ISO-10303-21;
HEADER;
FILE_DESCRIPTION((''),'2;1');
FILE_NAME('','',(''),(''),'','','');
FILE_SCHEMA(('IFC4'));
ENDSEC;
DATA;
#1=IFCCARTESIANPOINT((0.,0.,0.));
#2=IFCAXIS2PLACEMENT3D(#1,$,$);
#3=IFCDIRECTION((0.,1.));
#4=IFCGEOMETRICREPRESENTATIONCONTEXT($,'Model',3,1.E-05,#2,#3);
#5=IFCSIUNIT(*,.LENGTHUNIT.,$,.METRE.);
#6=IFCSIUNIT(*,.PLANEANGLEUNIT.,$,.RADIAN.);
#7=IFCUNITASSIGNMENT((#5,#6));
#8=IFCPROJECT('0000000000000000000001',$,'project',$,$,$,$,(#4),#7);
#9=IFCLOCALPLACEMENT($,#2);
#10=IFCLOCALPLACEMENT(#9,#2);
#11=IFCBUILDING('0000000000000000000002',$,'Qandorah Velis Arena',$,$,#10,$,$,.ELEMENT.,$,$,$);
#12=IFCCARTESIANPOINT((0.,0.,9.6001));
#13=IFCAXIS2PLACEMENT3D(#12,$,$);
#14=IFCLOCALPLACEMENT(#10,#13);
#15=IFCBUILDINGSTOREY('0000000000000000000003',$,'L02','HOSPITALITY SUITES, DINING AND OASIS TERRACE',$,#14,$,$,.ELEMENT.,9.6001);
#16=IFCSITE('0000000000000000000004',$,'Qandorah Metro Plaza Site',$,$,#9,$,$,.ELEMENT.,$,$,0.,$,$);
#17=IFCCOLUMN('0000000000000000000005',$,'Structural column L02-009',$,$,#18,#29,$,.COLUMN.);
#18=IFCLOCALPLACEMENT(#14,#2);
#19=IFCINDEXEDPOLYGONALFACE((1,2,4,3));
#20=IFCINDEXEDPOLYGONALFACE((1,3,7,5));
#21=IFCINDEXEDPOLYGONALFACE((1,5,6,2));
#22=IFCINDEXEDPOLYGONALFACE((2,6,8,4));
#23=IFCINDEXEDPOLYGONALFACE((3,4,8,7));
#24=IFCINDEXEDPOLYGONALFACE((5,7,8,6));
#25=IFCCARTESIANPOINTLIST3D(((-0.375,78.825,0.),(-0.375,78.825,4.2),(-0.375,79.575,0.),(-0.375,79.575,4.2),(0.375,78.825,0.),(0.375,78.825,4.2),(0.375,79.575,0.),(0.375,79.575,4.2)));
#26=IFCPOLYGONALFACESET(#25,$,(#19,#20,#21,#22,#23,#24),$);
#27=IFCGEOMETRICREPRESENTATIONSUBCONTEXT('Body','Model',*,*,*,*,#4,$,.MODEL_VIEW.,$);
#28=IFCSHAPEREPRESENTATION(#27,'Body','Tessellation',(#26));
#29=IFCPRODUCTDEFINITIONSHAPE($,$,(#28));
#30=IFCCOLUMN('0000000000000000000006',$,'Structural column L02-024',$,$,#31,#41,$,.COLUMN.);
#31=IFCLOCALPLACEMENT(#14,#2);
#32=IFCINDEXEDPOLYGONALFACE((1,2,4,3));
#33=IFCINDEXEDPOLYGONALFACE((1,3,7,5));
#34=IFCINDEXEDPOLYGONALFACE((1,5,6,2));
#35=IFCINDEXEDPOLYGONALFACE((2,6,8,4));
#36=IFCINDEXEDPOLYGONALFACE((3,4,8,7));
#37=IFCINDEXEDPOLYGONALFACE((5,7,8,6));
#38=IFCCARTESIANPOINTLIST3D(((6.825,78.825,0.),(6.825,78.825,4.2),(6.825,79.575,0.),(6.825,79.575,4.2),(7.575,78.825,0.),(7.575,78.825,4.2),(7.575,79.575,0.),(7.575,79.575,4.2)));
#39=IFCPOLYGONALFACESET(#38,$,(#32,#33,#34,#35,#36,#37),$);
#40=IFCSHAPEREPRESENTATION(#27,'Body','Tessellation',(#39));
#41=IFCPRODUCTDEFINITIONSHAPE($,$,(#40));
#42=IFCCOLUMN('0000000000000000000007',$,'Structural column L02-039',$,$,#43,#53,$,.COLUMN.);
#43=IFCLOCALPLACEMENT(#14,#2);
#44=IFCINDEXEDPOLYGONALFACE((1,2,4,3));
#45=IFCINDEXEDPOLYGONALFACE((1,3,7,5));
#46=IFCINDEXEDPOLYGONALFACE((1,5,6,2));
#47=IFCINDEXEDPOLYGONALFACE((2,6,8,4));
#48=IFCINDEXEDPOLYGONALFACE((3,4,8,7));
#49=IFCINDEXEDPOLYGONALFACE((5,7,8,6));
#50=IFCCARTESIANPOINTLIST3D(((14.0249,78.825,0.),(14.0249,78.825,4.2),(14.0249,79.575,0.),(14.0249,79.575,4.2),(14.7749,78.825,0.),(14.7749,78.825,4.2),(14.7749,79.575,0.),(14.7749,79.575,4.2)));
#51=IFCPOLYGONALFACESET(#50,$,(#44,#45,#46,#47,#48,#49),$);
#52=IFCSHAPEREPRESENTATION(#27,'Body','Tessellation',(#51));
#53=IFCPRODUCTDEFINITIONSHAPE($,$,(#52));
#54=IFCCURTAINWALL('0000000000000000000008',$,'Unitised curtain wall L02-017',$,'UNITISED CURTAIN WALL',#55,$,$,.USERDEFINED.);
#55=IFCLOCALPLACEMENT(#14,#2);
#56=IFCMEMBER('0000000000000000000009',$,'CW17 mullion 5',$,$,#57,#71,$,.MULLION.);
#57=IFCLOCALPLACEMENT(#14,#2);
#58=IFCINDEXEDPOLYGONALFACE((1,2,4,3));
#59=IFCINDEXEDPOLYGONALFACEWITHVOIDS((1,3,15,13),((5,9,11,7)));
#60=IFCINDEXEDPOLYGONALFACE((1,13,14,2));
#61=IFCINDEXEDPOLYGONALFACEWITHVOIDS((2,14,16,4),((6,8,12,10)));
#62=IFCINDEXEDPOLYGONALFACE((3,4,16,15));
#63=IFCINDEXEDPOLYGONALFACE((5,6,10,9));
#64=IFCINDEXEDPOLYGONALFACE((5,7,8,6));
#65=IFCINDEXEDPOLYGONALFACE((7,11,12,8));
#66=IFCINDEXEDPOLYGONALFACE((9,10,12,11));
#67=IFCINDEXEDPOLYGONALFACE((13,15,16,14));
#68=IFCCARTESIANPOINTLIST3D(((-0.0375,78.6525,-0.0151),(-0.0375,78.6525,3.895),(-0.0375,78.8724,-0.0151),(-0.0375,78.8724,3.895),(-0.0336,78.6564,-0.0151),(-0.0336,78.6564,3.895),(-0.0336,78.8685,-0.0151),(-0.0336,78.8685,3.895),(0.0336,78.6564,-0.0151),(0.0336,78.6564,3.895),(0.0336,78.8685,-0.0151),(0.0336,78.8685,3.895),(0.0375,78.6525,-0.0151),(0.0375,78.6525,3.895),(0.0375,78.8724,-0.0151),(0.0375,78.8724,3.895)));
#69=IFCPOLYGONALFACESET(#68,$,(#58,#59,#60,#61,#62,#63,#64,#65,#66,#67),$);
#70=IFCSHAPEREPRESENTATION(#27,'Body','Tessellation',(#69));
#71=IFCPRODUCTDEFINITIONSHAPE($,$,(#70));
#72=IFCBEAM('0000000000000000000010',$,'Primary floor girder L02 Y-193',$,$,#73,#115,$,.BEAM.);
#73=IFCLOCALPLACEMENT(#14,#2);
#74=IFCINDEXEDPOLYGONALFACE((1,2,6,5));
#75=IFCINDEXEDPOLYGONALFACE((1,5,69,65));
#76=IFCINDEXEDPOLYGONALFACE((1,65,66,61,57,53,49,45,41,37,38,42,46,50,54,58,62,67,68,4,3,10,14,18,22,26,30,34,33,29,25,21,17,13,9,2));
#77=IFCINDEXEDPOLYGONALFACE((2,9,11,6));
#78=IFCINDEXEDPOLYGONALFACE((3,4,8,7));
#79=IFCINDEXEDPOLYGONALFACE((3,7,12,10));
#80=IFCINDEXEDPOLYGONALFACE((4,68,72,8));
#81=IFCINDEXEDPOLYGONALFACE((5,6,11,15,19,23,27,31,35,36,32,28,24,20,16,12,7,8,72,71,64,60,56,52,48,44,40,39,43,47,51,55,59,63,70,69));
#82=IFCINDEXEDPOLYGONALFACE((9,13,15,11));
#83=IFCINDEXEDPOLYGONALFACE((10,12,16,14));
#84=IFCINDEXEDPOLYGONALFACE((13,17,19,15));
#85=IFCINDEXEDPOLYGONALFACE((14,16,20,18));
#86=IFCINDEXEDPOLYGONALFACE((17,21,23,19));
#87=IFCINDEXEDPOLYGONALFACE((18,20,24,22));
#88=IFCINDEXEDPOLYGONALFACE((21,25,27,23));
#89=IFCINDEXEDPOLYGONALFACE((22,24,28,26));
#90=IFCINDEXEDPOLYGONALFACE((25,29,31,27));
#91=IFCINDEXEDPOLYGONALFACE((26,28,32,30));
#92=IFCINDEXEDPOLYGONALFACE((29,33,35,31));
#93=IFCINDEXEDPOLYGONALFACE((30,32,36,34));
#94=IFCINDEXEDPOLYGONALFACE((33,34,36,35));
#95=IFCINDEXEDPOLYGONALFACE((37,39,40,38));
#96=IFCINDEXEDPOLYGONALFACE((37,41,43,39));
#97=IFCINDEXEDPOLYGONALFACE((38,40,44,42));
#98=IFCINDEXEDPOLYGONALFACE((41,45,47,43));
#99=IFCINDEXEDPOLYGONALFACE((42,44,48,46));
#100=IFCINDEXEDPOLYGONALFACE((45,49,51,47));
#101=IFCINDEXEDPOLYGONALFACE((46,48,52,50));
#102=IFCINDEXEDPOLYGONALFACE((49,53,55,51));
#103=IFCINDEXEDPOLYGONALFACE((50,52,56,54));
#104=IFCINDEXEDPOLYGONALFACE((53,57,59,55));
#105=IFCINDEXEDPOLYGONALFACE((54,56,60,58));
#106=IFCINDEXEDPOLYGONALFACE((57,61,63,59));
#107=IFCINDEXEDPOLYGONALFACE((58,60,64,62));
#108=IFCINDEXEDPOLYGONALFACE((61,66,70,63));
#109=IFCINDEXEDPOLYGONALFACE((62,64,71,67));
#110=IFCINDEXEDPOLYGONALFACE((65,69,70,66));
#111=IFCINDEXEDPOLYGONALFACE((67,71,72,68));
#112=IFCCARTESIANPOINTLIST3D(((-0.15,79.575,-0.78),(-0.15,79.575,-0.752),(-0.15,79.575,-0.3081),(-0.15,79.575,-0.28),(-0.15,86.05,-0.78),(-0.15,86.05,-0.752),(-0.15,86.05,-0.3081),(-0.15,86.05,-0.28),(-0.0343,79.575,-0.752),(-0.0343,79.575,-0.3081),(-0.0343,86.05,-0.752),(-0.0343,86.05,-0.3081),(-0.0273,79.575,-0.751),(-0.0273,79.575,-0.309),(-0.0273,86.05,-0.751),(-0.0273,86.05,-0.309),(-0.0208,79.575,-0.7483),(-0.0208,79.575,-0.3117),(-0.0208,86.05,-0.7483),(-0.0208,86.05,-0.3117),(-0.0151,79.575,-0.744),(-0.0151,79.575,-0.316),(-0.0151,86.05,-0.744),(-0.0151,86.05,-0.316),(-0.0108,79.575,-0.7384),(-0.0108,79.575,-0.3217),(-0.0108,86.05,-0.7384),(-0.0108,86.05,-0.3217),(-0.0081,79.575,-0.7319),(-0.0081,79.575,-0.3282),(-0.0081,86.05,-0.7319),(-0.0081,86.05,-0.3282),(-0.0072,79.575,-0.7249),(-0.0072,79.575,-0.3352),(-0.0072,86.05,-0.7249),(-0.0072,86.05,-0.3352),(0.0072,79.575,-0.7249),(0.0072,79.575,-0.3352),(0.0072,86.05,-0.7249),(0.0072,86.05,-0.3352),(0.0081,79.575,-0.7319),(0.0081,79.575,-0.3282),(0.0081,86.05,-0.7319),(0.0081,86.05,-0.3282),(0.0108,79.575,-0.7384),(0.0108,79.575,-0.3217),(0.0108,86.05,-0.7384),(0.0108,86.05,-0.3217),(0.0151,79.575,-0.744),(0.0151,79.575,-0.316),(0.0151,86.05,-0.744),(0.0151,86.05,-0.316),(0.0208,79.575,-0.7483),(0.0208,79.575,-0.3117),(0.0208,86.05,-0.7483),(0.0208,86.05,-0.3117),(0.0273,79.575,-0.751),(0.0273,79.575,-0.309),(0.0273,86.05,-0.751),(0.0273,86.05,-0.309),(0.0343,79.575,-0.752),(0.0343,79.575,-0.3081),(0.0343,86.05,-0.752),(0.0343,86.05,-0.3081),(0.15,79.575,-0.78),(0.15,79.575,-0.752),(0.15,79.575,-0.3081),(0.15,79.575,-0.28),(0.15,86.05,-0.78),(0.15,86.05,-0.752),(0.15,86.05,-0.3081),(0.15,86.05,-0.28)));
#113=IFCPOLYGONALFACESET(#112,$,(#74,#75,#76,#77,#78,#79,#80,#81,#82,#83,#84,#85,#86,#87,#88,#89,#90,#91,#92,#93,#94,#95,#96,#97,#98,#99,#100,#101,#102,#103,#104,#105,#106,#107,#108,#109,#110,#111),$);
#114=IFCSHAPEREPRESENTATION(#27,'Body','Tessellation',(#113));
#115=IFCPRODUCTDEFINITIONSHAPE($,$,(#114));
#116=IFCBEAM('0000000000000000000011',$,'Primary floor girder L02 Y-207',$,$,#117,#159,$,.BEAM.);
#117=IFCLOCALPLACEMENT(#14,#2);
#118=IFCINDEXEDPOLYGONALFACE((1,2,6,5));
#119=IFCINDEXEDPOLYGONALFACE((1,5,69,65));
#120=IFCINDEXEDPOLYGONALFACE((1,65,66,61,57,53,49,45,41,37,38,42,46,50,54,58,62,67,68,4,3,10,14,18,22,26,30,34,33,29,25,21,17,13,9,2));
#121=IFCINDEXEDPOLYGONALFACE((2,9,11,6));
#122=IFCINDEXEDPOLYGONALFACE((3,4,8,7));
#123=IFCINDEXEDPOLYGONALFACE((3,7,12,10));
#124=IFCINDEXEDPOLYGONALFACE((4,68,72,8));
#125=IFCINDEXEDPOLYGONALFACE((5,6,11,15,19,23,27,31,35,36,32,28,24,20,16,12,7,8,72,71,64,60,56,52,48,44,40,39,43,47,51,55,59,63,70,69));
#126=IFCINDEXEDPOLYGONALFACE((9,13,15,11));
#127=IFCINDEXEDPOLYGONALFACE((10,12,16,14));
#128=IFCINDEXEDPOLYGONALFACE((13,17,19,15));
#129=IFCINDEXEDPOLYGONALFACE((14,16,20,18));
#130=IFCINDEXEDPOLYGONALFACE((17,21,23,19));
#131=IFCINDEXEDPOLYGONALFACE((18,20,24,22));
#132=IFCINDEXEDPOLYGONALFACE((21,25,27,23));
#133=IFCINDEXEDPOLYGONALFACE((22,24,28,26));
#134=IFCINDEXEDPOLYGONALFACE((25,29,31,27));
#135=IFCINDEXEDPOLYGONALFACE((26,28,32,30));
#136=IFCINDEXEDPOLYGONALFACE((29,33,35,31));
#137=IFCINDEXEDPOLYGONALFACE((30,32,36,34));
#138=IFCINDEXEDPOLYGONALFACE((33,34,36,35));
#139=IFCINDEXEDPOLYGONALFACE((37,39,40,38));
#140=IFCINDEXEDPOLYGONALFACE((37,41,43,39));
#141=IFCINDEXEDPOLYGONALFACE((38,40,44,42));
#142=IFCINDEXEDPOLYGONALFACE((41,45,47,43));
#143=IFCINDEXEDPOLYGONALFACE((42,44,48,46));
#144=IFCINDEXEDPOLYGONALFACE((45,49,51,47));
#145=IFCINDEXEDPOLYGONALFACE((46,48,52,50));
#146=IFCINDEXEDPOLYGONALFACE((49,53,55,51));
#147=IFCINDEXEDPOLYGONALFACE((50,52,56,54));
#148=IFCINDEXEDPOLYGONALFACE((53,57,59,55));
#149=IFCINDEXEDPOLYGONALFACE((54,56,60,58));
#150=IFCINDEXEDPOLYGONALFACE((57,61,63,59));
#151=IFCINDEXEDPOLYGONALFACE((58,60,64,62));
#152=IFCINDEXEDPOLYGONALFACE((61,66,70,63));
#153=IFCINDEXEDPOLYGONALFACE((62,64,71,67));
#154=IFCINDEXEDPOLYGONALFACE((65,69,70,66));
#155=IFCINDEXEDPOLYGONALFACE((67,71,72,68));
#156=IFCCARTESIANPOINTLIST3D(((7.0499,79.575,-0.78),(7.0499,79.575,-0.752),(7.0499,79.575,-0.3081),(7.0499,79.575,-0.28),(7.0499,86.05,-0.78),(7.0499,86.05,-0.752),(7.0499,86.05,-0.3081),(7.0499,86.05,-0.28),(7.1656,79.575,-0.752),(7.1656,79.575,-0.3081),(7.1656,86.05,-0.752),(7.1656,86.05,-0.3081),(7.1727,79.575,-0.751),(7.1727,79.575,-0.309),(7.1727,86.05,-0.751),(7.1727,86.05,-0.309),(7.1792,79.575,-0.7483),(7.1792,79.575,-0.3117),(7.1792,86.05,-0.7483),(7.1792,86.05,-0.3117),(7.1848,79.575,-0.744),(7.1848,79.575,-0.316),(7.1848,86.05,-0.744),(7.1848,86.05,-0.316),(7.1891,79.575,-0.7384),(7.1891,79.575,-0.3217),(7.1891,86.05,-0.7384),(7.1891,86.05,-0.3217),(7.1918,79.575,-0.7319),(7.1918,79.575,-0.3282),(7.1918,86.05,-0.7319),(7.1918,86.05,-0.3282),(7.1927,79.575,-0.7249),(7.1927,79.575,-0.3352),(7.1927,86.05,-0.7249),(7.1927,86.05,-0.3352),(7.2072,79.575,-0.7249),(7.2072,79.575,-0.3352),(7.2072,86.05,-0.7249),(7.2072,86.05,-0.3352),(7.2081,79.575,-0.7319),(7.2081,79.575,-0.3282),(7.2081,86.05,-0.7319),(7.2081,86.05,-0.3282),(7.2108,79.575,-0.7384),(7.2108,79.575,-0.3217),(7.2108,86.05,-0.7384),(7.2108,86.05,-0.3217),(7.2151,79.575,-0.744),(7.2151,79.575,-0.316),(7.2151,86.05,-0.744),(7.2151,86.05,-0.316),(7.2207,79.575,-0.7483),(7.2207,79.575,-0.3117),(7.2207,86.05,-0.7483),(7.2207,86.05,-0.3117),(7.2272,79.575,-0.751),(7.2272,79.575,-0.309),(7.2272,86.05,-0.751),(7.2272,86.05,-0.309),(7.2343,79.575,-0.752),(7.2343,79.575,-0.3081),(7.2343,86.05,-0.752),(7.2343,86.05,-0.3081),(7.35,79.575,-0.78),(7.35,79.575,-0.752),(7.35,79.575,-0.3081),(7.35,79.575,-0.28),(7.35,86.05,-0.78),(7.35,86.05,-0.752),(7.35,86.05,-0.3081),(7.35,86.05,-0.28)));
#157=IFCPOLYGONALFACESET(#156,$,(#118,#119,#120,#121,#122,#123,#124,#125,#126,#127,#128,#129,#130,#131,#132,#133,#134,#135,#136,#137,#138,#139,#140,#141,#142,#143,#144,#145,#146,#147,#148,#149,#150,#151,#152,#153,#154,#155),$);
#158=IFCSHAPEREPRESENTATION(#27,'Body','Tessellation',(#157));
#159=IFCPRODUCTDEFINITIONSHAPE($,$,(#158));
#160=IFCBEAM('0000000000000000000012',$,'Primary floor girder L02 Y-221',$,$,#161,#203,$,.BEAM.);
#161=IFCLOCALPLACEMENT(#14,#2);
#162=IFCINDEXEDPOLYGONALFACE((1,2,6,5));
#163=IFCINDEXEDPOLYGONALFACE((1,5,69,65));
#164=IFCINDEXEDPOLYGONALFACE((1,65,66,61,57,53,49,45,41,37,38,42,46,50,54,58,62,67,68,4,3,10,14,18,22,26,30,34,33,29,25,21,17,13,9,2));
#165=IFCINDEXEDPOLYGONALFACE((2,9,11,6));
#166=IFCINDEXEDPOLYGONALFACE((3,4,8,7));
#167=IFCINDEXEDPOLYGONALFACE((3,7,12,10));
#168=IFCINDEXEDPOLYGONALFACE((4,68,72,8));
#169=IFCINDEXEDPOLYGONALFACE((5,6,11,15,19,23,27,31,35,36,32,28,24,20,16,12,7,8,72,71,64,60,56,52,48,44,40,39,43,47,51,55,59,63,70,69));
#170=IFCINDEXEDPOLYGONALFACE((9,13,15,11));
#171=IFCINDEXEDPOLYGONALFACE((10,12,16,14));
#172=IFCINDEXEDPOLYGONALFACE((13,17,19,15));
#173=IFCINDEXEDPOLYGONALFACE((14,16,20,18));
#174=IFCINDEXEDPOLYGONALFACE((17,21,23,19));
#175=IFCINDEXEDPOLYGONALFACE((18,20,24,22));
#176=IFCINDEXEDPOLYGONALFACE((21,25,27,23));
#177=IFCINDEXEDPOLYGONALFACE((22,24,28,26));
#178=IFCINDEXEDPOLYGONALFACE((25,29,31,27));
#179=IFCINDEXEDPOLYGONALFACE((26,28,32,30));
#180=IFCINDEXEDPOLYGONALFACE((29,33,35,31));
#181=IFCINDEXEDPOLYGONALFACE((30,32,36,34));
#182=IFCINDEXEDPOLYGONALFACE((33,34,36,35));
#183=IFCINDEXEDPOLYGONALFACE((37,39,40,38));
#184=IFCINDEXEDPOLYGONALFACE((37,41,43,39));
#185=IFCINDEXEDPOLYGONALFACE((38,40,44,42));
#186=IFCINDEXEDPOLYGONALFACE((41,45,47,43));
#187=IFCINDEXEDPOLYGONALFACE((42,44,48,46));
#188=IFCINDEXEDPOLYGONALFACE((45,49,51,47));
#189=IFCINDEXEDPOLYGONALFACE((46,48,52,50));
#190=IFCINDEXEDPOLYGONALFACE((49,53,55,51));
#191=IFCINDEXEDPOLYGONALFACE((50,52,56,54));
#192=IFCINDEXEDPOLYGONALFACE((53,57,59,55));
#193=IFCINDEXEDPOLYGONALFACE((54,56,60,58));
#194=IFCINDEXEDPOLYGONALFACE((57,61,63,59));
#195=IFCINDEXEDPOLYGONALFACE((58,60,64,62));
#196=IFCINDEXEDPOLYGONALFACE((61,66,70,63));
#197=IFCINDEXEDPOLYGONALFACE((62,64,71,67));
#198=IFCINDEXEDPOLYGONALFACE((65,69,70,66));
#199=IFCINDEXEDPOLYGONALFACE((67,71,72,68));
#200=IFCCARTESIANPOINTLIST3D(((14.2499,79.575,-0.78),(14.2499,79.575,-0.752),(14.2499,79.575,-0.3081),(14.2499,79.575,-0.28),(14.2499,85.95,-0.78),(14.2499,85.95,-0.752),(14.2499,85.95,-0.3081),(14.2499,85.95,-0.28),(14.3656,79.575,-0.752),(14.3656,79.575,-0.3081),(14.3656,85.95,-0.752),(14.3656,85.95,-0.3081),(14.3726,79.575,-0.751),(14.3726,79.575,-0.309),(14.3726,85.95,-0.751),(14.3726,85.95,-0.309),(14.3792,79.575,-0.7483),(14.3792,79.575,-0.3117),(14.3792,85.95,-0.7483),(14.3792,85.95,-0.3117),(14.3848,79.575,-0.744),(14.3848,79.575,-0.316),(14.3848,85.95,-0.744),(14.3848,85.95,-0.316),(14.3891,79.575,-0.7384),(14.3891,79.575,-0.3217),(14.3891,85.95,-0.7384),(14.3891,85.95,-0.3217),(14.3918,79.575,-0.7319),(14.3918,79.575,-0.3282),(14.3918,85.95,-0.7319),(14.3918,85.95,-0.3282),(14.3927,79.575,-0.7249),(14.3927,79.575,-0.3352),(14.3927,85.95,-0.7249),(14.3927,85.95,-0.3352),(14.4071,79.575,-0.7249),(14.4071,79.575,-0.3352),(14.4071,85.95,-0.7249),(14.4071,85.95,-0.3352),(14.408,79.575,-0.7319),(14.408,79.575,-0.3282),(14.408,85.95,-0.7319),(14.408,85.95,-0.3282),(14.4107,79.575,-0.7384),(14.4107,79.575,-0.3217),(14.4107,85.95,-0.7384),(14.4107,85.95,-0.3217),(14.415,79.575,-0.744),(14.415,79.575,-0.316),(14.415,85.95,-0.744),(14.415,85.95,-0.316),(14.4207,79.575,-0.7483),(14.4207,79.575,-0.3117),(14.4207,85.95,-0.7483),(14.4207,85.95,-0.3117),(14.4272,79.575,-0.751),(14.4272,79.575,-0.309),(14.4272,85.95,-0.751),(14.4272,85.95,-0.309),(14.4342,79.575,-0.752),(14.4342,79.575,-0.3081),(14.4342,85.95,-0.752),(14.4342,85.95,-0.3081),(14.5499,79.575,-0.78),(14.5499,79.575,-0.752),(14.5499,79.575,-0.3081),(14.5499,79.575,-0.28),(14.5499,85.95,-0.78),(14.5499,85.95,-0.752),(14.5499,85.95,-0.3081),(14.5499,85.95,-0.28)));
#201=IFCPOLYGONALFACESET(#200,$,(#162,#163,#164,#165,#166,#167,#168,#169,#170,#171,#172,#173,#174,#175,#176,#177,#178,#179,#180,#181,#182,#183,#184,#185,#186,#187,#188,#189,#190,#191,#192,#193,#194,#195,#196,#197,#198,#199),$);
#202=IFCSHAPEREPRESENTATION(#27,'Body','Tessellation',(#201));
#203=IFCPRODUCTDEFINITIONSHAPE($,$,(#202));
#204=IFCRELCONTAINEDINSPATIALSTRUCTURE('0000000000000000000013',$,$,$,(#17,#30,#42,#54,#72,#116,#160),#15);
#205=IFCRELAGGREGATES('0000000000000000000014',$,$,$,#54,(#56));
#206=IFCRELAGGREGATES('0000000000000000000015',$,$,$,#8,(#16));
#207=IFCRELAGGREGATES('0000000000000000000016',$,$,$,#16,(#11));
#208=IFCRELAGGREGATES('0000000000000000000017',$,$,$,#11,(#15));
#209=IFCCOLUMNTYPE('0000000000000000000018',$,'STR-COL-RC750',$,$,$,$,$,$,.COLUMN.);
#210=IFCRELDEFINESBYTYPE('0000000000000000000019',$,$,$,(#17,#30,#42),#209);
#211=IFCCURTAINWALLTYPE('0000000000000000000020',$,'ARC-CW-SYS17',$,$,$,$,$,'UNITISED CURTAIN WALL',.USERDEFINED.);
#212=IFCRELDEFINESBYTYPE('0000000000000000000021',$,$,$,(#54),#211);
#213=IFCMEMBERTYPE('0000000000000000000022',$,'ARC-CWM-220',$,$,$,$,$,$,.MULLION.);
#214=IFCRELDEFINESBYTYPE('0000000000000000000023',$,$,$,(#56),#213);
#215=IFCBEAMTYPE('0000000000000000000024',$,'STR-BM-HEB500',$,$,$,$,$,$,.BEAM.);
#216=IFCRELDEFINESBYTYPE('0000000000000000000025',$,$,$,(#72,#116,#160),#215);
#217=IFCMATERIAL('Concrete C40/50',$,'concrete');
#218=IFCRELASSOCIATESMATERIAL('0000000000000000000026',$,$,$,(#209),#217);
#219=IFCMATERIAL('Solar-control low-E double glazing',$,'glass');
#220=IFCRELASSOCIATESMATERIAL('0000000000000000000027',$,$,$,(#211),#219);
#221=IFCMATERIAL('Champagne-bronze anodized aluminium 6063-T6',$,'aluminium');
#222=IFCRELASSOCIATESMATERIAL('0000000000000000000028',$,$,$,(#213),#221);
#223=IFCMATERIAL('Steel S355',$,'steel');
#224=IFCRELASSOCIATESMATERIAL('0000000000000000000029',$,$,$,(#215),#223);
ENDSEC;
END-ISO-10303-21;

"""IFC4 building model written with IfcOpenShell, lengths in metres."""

from ifc_helpers import new_model, si_unit, direction, frame, origin, origin_2d, place, context, subcontext, project, spatial, rectangle, hollow_rectangle, i_section, extrude, material, material_profile, profile_set, type_object, element, aggregate, save


model = new_model("IFC4")

# Units and contexts
model_context = context("Model", 3, precision=1e-05, world=origin(), true_north=direction((0.0, 1.0)))
body_context = subcontext(model_context, "Body", "Model", "MODEL_VIEW")
ifc_project = project(units=[si_unit("LENGTHUNIT", "METRE"), si_unit("PLANEANGLEUNIT", "RADIAN")], contexts=[model_context])

# Site, building, storey
site_placement = place(None, origin())
site = spatial("IfcSite", under=ifc_project, at=site_placement, Name="Qandorah Metro Plaza Site", CompositionType="ELEMENT", RefElevation=0.0)
building_placement = place(site_placement, origin())
building = spatial("IfcBuilding", under=site, at=building_placement, Name="Qandorah Velis Arena", CompositionType="ELEMENT")
storey_placement = place(building_placement, frame((0.0, 0.0, 9.6001)))
storey = spatial("IfcBuildingStorey", under=building, at=storey_placement, Name="L02", Description="HOSPITALITY SUITES, DINING AND OASIS TERRACE", CompositionType="ELEMENT", Elevation=9.6001)

# Columns
ifc_material_1 = material(Name="Concrete C40/50", Category="concrete")
ifc_material_profile_1 = material_profile(ifc_material_1, rectangle(XDim=0.75, YDim=0.75, at=origin_2d()), Name="RC COL 750x750")
ifc_profile_set_1 = profile_set([ifc_material_profile_1], Name="Concrete C40/50")
column_type = type_object("IfcColumnType", Name="STR-COL-RC750", PredefinedType="COLUMN", material=ifc_profile_set_1)
for number, where, z_axis, x_axis, name in (
    (1, (0.0, 79.2, 0.0), (0.0, 0.0, 1.0), (1.0, 0.0, 0.0), "Structural column L02-009"),
    (2, (7.2, 79.2, 0.0), (0.0, 0.0, 1.0), (1.0, 0.0, 0.0), "Structural column L02-024"),
    (3, (14.3999, 79.2, 0.0), (0.0, 0.0, 1.0), (1.0, 0.0, 0.0), "Structural column L02-039"),
):
    element("IfcColumn", number, at=place(storey_placement, frame(where, z_axis=z_axis, x_axis=x_axis)), inside=storey, type_object=column_type, Name=name, PredefinedType="COLUMN", context=body_context, shape_type="SweptSolid", body=[
        extrude(rectangle(XDim=0.75, YDim=0.75, at=origin_2d()), origin(), (0.0, 0.0, 1.0), 4.2),
    ])

# Curtain wall, member
ifc_material_2 = material(Name="Solar-control low-E double glazing", Category="glass")
curtain_wall_type = type_object("IfcCurtainWallType", Name="ARC-CW-SYS17", ElementType="UNITISED CURTAIN WALL", PredefinedType="USERDEFINED", material=ifc_material_2)
curtain_wall_placement = place(storey_placement, origin())
curtain_wall = element("IfcCurtainWall", 4, at=curtain_wall_placement, inside=storey, type_object=curtain_wall_type, Name="Unitised curtain wall L02-017", ObjectType="UNITISED CURTAIN WALL", PredefinedType="USERDEFINED")
ifc_material_3 = material(Name="Champagne-bronze anodized aluminium 6063-T6", Category="aluminium")
ifc_material_profile_2 = material_profile(ifc_material_3, hollow_rectangle(XDim=0.075, YDim=0.22, WallThickness=0.0039, at=origin_2d()), Name="ALU MULLION 75x220")
ifc_profile_set_2 = profile_set([ifc_material_profile_2], Name="Champagne-bronze anodized aluminium 6063-T6")
member_type = type_object("IfcMemberType", Name="ARC-CWM-220", PredefinedType="MULLION", material=ifc_profile_set_2)
member_placement = place(storey_placement, frame((0.0, 78.7625, -0.0151), z_axis=(0.0, 0.0, 1.0), x_axis=(-1.0, 0.0, 0.0)))
member = element("IfcMember", 5, at=member_placement, type_object=member_type, Name="CW17 mullion 5", PredefinedType="MULLION", context=body_context, shape_type="SweptSolid", body=[
    extrude(hollow_rectangle(XDim=0.075, YDim=0.22, WallThickness=0.0039, at=origin_2d()), origin(), (0.0, 0.0, 1.0), 3.9102),
])
aggregate(curtain_wall, [member])

# Beams
ifc_material_4 = material(Name="Steel S355", Category="steel")
ifc_material_profile_3 = material_profile(ifc_material_4, i_section(OverallWidth=0.3, OverallDepth=0.5, WebThickness=0.0144, FlangeThickness=0.0281, FilletRadius=0.0271, at=origin_2d()), Name="HEB 500")
ifc_profile_set_3 = profile_set([ifc_material_profile_3], Name="Steel S355")
beam_type_1 = type_object("IfcBeamType", Name="STR-BM-HEB500", PredefinedType="BEAM", material=ifc_profile_set_3)
for number, where, z_axis, x_axis, name in (
    (6, (0.0, 79.575, -0.53), (0.0, 1.0, 0.0), (-1.0, 0.0, 0.0), "Primary floor girder L02 Y-193"),
    (7, (7.2, 79.575, -0.53), (0.0, 1.0, 0.0), (-1.0, 0.0, 0.0), "Primary floor girder L02 Y-207"),
):
    element("IfcBeam", number, at=place(storey_placement, frame(where, z_axis=z_axis, x_axis=x_axis)), inside=storey, type_object=beam_type_1, Name=name, PredefinedType="BEAM", context=body_context, shape_type="SweptSolid", body=[
        extrude(i_section(OverallWidth=0.3, OverallDepth=0.5, WebThickness=0.0144, FlangeThickness=0.0281, FilletRadius=0.0271, at=origin_2d()), origin(), (0.0, 0.0, 1.0), 6.4751),
    ])
beam_1_placement = place(storey_placement, frame((14.3999, 79.575, -0.53), z_axis=(0.0, 1.0, 0.0), x_axis=(-1.0, 0.0, 0.0)))
element("IfcBeam", 8, at=beam_1_placement, inside=storey, type_object=beam_type_1, Name="Primary floor girder L02 Y-221", PredefinedType="BEAM", context=body_context, shape_type="SweptSolid", body=[
    extrude(i_section(OverallWidth=0.3, OverallDepth=0.5, WebThickness=0.0144, FlangeThickness=0.0281, FilletRadius=0.0271, at=origin_2d()), origin(), (0.0, 0.0, 1.0), 6.375),
])

save(model, "model.ifc")
